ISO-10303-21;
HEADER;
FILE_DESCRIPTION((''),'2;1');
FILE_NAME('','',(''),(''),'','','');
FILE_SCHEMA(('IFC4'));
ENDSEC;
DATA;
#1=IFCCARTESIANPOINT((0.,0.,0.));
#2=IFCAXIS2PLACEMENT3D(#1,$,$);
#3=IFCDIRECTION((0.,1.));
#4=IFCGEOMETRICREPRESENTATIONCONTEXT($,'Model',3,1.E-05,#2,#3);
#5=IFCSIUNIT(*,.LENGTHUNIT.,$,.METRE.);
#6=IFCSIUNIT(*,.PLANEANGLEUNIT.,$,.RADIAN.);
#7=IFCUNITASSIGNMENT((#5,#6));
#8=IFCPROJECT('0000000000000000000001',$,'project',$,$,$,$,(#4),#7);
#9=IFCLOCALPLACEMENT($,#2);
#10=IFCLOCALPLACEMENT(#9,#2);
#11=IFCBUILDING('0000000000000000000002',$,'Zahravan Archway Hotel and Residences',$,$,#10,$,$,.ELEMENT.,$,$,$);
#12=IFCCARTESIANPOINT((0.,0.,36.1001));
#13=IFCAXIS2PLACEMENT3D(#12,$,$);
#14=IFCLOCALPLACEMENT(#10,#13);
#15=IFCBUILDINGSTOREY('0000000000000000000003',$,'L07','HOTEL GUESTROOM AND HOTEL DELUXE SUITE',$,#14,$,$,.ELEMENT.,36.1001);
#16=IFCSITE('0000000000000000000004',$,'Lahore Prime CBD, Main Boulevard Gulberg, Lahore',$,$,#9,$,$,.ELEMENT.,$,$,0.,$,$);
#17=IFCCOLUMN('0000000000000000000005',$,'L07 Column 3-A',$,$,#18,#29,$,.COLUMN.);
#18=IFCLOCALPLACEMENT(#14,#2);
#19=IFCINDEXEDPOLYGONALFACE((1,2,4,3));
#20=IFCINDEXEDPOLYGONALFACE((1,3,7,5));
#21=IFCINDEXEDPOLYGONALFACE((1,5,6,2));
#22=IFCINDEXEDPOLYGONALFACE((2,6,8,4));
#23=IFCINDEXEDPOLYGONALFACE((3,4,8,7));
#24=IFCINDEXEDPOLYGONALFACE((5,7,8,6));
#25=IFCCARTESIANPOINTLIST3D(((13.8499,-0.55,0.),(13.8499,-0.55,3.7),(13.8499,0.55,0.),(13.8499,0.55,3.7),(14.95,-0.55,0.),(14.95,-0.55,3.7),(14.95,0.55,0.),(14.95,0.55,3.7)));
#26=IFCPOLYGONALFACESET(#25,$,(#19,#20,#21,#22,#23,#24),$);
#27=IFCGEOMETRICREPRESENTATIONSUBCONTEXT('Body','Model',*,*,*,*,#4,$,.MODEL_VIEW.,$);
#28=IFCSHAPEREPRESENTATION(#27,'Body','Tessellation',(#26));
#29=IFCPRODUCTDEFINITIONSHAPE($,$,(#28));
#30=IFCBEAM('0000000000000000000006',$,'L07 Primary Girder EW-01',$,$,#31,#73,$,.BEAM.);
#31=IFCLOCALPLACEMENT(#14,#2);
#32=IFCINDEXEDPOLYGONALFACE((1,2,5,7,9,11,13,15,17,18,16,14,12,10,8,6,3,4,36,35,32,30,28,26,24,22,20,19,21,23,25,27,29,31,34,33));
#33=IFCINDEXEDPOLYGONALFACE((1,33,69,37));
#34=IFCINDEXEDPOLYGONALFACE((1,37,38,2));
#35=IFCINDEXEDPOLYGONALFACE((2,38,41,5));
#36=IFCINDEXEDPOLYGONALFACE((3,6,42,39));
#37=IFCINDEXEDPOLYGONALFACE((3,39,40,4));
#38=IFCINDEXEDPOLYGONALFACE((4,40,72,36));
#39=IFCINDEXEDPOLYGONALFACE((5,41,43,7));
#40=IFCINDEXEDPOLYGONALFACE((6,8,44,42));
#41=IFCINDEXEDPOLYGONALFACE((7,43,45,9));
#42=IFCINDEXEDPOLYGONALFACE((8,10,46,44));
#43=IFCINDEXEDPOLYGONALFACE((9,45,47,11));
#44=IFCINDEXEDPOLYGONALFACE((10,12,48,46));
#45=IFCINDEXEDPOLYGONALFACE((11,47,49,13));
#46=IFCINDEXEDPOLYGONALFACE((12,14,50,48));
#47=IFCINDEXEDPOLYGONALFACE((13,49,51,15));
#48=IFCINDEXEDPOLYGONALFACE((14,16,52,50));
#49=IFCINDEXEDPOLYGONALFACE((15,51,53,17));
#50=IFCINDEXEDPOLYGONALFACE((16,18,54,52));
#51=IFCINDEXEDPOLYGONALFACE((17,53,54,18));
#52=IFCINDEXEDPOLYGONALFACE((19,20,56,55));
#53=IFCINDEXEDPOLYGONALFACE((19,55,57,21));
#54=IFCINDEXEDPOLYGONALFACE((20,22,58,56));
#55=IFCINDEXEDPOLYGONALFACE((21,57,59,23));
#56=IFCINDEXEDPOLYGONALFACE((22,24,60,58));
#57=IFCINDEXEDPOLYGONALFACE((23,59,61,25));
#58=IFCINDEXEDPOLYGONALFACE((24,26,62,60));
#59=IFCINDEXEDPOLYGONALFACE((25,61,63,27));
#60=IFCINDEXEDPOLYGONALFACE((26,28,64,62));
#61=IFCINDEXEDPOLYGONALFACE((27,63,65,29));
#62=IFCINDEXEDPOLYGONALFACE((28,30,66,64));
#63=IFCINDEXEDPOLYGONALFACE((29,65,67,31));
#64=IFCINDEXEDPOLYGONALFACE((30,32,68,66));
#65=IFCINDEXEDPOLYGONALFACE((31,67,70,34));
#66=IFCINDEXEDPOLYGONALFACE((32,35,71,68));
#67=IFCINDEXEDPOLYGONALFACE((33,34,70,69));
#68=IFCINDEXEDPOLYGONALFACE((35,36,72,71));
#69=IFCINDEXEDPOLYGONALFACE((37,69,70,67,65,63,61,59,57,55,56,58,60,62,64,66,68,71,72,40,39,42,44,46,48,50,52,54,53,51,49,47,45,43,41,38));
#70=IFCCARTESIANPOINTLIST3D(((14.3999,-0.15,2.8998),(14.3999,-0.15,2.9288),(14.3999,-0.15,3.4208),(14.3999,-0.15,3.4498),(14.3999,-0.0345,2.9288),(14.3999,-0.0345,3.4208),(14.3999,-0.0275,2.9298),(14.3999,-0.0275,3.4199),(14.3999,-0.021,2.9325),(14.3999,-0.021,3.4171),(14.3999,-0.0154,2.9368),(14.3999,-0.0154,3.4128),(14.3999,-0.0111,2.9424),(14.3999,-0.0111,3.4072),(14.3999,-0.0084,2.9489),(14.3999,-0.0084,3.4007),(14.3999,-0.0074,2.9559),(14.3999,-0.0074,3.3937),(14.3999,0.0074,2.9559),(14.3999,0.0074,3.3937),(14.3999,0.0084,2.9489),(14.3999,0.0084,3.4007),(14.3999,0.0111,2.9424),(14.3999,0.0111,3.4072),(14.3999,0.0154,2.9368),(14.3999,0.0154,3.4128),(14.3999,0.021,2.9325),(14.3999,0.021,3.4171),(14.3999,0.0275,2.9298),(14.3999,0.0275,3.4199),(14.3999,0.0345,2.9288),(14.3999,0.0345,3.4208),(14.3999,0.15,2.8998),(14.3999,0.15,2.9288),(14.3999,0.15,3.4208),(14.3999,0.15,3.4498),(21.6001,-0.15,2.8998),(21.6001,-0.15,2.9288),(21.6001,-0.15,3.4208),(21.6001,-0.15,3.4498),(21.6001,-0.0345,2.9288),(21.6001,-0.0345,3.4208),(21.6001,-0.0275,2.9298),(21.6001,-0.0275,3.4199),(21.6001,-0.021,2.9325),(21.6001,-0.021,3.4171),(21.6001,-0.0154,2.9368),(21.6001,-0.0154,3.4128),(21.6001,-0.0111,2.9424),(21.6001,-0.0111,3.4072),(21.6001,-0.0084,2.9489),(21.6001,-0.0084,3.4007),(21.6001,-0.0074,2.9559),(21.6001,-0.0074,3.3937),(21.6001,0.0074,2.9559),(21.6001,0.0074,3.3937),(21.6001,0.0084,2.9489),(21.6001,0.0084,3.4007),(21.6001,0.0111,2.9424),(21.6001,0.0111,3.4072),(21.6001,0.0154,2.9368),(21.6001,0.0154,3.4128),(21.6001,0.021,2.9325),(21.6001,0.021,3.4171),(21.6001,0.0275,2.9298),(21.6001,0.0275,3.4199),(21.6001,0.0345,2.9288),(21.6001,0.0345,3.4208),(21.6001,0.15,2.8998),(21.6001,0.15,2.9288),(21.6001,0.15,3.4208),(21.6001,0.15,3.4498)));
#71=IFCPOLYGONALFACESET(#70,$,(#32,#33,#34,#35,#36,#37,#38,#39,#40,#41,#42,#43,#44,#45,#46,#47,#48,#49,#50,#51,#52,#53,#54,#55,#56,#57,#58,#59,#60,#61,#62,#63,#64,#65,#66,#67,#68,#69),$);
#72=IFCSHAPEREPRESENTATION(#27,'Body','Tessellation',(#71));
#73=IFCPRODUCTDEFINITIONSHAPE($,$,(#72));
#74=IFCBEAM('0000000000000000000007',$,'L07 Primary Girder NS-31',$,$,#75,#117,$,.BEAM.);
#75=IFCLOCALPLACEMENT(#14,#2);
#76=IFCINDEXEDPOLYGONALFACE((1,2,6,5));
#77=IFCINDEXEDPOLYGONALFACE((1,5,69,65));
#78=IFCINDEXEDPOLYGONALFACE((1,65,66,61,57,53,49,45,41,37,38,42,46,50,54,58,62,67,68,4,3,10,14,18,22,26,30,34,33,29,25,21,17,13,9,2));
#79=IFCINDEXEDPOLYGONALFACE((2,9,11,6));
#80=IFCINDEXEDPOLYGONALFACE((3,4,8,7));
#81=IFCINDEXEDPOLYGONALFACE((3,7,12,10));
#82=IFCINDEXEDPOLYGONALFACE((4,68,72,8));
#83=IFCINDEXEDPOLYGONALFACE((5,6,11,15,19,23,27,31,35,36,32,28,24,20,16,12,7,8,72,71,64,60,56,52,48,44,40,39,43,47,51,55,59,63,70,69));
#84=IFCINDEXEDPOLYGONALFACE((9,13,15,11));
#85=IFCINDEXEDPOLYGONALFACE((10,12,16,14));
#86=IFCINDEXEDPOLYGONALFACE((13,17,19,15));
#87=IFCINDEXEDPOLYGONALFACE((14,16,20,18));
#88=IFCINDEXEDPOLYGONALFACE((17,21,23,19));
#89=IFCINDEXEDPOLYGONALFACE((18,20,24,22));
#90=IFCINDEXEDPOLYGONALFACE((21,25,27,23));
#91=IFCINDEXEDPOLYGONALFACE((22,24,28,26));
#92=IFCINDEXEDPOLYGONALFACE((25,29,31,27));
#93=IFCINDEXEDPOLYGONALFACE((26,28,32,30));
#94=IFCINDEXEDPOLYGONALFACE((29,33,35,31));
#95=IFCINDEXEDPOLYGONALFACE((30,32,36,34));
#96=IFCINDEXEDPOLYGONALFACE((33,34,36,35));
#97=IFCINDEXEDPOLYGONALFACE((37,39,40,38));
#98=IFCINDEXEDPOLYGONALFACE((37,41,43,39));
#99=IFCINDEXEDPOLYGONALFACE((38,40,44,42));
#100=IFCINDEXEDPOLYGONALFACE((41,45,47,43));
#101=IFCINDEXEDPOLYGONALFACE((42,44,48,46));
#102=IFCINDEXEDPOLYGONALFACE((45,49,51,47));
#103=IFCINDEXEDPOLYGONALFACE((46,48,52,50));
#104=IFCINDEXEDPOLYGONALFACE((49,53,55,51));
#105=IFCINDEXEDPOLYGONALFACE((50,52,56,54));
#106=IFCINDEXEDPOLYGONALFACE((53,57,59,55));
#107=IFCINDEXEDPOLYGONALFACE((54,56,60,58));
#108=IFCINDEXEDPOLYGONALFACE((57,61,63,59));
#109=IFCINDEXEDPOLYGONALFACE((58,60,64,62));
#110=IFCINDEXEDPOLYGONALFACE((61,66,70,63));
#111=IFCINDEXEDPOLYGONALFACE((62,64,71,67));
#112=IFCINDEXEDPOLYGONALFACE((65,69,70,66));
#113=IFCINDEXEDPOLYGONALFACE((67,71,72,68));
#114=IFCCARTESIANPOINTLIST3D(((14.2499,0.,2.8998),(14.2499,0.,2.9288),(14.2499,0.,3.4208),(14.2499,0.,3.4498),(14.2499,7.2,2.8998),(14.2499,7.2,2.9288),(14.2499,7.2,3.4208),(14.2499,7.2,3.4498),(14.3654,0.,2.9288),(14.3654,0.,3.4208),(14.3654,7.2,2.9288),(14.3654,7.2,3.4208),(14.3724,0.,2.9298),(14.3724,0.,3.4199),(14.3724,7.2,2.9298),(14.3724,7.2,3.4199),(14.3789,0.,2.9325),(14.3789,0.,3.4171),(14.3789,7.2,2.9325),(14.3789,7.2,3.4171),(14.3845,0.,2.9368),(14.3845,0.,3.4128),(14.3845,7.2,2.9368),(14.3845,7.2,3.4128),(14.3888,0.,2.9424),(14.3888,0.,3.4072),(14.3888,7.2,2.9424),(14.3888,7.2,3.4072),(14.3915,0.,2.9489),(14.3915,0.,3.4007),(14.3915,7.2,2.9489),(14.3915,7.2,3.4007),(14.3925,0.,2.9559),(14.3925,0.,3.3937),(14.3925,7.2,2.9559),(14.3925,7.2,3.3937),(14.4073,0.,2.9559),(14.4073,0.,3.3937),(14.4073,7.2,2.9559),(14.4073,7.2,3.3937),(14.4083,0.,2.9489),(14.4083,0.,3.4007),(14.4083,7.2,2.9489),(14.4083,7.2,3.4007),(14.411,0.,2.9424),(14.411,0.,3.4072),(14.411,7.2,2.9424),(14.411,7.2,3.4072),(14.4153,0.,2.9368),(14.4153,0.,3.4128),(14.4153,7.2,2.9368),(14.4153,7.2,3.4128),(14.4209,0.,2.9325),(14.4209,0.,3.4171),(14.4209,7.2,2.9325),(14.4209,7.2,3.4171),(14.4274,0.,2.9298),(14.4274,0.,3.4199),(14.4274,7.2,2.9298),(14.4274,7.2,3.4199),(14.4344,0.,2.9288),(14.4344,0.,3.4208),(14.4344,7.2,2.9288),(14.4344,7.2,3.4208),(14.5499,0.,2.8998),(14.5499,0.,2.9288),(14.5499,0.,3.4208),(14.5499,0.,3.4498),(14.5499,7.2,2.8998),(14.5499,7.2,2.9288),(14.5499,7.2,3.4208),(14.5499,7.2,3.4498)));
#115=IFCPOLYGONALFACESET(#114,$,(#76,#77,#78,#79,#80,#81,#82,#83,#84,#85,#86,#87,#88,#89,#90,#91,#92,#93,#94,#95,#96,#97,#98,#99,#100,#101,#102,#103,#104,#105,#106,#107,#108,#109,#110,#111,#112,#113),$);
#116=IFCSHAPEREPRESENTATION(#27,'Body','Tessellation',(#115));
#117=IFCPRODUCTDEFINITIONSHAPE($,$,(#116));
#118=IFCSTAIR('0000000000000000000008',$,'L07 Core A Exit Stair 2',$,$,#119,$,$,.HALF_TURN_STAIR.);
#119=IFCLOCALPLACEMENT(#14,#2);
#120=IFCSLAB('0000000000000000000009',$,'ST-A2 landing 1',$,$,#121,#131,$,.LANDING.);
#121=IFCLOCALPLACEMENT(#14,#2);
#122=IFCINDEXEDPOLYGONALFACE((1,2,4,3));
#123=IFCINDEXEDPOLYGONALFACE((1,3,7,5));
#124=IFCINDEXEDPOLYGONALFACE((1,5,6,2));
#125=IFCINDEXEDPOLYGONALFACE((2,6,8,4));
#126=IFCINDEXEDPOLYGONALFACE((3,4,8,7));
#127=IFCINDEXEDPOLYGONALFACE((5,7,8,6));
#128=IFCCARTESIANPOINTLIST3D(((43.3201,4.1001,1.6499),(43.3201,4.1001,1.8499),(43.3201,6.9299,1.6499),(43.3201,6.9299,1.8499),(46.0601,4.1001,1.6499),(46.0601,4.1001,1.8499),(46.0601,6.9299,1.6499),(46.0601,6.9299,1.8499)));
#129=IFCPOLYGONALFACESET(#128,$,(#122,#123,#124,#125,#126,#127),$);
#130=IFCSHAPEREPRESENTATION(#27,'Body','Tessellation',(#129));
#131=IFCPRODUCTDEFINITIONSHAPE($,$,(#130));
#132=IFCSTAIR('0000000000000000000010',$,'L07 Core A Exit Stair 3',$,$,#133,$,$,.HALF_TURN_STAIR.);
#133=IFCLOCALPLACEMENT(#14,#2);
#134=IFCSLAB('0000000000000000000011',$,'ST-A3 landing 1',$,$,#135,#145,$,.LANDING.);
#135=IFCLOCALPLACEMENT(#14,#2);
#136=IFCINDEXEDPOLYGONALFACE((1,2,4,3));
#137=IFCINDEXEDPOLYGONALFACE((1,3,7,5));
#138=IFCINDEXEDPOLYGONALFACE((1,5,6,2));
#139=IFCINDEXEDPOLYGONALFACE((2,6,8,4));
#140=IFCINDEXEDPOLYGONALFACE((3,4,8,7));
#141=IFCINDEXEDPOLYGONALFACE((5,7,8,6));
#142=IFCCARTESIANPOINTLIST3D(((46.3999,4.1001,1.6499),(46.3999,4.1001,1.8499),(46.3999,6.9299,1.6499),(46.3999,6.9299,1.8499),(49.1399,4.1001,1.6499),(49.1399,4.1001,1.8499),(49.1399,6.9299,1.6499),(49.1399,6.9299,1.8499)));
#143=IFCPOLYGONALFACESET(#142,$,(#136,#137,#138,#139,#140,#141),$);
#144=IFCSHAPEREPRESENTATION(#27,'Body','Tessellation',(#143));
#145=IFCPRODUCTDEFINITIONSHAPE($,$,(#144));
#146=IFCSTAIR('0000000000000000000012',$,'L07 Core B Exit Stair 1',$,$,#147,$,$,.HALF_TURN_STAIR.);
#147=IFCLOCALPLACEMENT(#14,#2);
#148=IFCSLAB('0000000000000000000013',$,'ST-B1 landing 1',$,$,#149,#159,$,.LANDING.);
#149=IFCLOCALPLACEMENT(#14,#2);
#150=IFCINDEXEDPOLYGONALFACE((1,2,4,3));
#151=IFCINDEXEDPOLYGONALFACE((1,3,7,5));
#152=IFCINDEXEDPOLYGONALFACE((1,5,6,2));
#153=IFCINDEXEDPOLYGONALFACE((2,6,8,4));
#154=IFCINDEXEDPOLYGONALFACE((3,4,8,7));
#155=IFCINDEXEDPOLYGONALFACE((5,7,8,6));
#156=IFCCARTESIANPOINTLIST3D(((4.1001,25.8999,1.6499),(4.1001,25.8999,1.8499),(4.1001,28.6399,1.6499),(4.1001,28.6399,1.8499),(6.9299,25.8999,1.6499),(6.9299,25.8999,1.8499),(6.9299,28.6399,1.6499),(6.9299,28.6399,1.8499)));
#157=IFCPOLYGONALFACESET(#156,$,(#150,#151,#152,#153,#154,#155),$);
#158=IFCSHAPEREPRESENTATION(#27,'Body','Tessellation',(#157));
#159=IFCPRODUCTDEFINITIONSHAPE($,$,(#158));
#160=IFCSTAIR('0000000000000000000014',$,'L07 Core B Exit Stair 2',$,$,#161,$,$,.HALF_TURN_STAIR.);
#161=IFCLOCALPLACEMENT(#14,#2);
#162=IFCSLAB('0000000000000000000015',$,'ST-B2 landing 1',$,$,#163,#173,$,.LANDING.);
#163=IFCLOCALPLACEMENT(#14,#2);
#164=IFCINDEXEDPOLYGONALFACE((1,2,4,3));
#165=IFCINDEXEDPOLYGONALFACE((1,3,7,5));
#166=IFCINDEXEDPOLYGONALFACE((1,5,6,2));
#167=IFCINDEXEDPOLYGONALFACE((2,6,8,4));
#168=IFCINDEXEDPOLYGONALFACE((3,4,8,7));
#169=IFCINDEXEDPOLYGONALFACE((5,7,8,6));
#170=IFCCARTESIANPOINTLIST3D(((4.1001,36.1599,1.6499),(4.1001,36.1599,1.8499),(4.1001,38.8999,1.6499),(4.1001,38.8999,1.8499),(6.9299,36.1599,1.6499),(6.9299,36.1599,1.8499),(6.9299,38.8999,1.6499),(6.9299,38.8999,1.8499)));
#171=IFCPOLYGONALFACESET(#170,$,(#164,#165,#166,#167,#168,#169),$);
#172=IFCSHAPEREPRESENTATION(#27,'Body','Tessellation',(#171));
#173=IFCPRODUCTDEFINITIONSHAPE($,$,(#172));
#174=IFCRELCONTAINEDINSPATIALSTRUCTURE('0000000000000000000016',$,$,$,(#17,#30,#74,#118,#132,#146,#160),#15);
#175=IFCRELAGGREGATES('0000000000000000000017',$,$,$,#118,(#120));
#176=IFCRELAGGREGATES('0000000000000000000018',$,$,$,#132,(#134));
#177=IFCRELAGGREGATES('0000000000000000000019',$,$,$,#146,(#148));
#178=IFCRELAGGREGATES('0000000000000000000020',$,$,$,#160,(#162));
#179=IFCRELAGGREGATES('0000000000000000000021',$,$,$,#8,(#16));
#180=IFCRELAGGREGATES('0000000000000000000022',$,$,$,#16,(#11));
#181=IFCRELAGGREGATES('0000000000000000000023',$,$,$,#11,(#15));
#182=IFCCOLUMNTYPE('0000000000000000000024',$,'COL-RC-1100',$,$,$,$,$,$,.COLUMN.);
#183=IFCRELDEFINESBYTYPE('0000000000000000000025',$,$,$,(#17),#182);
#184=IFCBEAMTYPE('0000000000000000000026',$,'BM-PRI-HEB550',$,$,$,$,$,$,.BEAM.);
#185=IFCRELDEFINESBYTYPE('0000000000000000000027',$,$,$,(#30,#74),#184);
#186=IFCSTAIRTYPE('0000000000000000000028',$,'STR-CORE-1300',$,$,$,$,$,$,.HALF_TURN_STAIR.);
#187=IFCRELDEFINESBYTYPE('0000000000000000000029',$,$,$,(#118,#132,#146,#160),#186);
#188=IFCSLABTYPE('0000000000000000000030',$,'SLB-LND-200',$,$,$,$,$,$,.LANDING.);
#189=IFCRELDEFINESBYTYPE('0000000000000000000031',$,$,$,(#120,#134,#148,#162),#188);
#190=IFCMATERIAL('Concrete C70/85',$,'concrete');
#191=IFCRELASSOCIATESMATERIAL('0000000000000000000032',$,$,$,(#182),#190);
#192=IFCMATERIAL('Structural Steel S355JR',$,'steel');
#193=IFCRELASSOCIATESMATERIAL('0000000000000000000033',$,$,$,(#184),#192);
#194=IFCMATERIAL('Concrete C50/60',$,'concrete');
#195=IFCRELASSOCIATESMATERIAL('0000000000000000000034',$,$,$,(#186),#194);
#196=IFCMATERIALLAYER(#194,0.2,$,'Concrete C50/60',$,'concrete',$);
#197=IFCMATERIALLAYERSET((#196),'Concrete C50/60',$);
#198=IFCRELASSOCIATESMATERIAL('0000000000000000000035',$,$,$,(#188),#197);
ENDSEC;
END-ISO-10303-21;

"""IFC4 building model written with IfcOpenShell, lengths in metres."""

from ifc_helpers import new_model, si_unit, direction, frame, origin, origin_2d, place, context, subcontext, project, spatial, polyline, rectangle, i_section, outline, extrude, source, transform, mapped, material, layer, layer_set, material_profile, profile_set, type_object, type_shapes, element, aggregate, save


model = new_model("IFC4")

# Units and contexts
model_context = context("Model", 3, precision=1e-05, world=origin(), true_north=direction((0.0, 1.0)))
body_context = subcontext(model_context, "Body", "Model", "MODEL_VIEW")
ifc_project = project(units=[si_unit("LENGTHUNIT", "METRE"), si_unit("PLANEANGLEUNIT", "RADIAN")], contexts=[model_context])

# Site, building, storey
site_placement = place(None, origin())
site = spatial("IfcSite", under=ifc_project, at=site_placement, Name="Lahore Prime CBD, Main Boulevard Gulberg, Lahore", CompositionType="ELEMENT", RefElevation=0.0)
building_placement = place(site_placement, origin())
building = spatial("IfcBuilding", under=site, at=building_placement, Name="Zahravan Archway Hotel and Residences", CompositionType="ELEMENT")
storey_placement = place(building_placement, frame((0.0, 0.0, 36.1001)))
storey = spatial("IfcBuildingStorey", under=building, at=storey_placement, Name="L07", Description="HOTEL GUESTROOM AND HOTEL DELUXE SUITE", CompositionType="ELEMENT", Elevation=36.1001)

# Column
ifc_material_1 = material(Name="Concrete C70/85", Category="concrete")
ifc_material_profile_1 = material_profile(ifc_material_1, rectangle(XDim=1.1001, YDim=1.1001, at=origin_2d()), Name="RC 1100x1100", Category="concrete")
ifc_profile_set_1 = profile_set([ifc_material_profile_1], Name="Concrete C70/85")
column_type = type_object("IfcColumnType", Name="COL-RC-1100", PredefinedType="COLUMN", material=ifc_profile_set_1)
shared_shape_1 = source(origin(), body_context, "Body", "SweptSolid", [
    extrude(rectangle(XDim=1.1001, YDim=1.1001, at=origin_2d()), origin(), (0.0, 0.0, 1.0), 3.7),
])
column_placement = place(storey_placement, frame((14.3999, 0.0, 0.0), z_axis=(0.0, 0.0, 1.0), x_axis=(1.0, 0.0, 0.0)))
element("IfcColumn", 1, at=column_placement, inside=storey, type_object=column_type, Name="L07 Column 3-A", PredefinedType="COLUMN", context=body_context, shape_type="MappedRepresentation", body=[
    mapped(shared_shape_1, transform((0.0, 0.0, 0.0), scale=1.0)),
])

# Beams
ifc_material_2 = material(Name="Structural Steel S355JR", Category="steel")
ifc_material_profile_2 = material_profile(ifc_material_2, i_section(OverallWidth=0.3, OverallDepth=0.55, WebThickness=0.0149, FlangeThickness=0.0291, FilletRadius=0.0271, at=origin_2d()), Name="HEB 550", Category="steel")
ifc_profile_set_2 = profile_set([ifc_material_profile_2], Name="Structural Steel S355JR")
beam_type = type_object("IfcBeamType", Name="BM-PRI-HEB550", PredefinedType="BEAM", material=ifc_profile_set_2)
shared_shape_2 = source(origin(), body_context, "Body", "SweptSolid", [
    extrude(i_section(OverallWidth=0.3, OverallDepth=0.55, WebThickness=0.0149, FlangeThickness=0.0291, FilletRadius=0.0271, at=origin_2d()), origin(), (0.0, 0.0, 1.0), 7.2002),
])
type_shapes(beam_type, [shared_shape_2])
beam_1_placement = place(storey_placement, frame((14.3999, 0.0, 3.1748), z_axis=(1.0, 0.0, 0.0), x_axis=(0.0, 1.0, 0.0)))
element("IfcBeam", 2, at=beam_1_placement, inside=storey, type_object=beam_type, Name="L07 Primary Girder EW-01", PredefinedType="BEAM", context=body_context, shape_type="MappedRepresentation", body=[
    mapped(shared_shape_2, transform((0.0, 0.0, 0.0), scale=1.0)),
])
shared_shape_3 = source(origin(), body_context, "Body", "SweptSolid", [
    extrude(i_section(OverallWidth=0.3, OverallDepth=0.55, WebThickness=0.0149, FlangeThickness=0.0291, FilletRadius=0.0271, at=origin_2d()), origin(), (0.0, 0.0, 1.0), 7.2),
])
beam_2_placement = place(storey_placement, frame((14.3999, 0.0, 3.1748), z_axis=(0.0, 1.0, 0.0), x_axis=(-1.0, 0.0, 0.0)))
element("IfcBeam", 3, at=beam_2_placement, inside=storey, type_object=beam_type, Name="L07 Primary Girder NS-31", PredefinedType="BEAM", context=body_context, shape_type="MappedRepresentation", body=[
    mapped(shared_shape_3, transform((0.0, 0.0, 0.0), scale=1.0)),
])

# Stairs, slabs
ifc_material_3 = material(Name="Concrete C50/60", Category="concrete")
stair_type = type_object("IfcStairType", Name="STR-CORE-1300", PredefinedType="HALF_TURN_STAIR", material=ifc_material_3)
stair_1_placement = place(storey_placement, origin())
stair_1 = element("IfcStair", 4, at=stair_1_placement, inside=storey, type_object=stair_type, Name="L07 Core A Exit Stair 2", PredefinedType="HALF_TURN_STAIR")
ifc_layer_1 = layer(ifc_material_3, 0.2, Name="Concrete C50/60", Category="concrete")
ifc_layer_set_1 = layer_set([ifc_layer_1], Name="Concrete C50/60")
slab_type = type_object("IfcSlabType", Name="SLB-LND-200", PredefinedType="LANDING", material=ifc_layer_set_1)
slab_1_placement = place(storey_placement, frame((0.0, 0.0, 1.6499)))
slab_1 = element("IfcSlab", 5, at=slab_1_placement, type_object=slab_type, Name="ST-A2 landing 1", PredefinedType="LANDING", context=body_context, shape_type="SweptSolid", body=[
    extrude(outline(polyline([(43.3201, 6.9299), (43.3201, 4.1001), (46.0601, 4.1001), (46.0601, 6.9299), (43.3201, 6.9299)])), origin(), (0.0, 0.0, 1.0), 0.2),
])
aggregate(stair_1, [slab_1])
stair_2_placement = place(storey_placement, origin())
stair_2 = element("IfcStair", 6, at=stair_2_placement, inside=storey, type_object=stair_type, Name="L07 Core A Exit Stair 3", PredefinedType="HALF_TURN_STAIR")
slab_2_placement = place(storey_placement, frame((0.0, 0.0, 1.6499)))
slab_2 = element("IfcSlab", 7, at=slab_2_placement, type_object=slab_type, Name="ST-A3 landing 1", PredefinedType="LANDING", context=body_context, shape_type="SweptSolid", body=[
    extrude(outline(polyline([(46.3999, 6.9299), (46.3999, 4.1001), (49.1399, 4.1001), (49.1399, 6.9299), (46.3999, 6.9299)])), origin(), (0.0, 0.0, 1.0), 0.2),
])
aggregate(stair_2, [slab_2])
stair_3_placement = place(storey_placement, origin())
stair_3 = element("IfcStair", 8, at=stair_3_placement, inside=storey, type_object=stair_type, Name="L07 Core B Exit Stair 1", PredefinedType="HALF_TURN_STAIR")
slab_3_placement = place(storey_placement, frame((0.0, 0.0, 1.6499)))
slab_3 = element("IfcSlab", 9, at=slab_3_placement, type_object=slab_type, Name="ST-B1 landing 1", PredefinedType="LANDING", context=body_context, shape_type="SweptSolid", body=[
    extrude(outline(polyline([(6.9299, 28.6399), (4.1001, 28.6399), (4.1001, 25.8999), (6.9299, 25.8999), (6.9299, 28.6399)])), origin(), (0.0, 0.0, 1.0), 0.2),
])
aggregate(stair_3, [slab_3])
stair_4_placement = place(storey_placement, origin())
stair_4 = element("IfcStair", 10, at=stair_4_placement, inside=storey, type_object=stair_type, Name="L07 Core B Exit Stair 2", PredefinedType="HALF_TURN_STAIR")
slab_4_placement = place(storey_placement, frame((0.0, 0.0, 1.6499)))
slab_4 = element("IfcSlab", 11, at=slab_4_placement, type_object=slab_type, Name="ST-B2 landing 1", PredefinedType="LANDING", context=body_context, shape_type="SweptSolid", body=[
    extrude(outline(polyline([(6.9299, 38.8999), (4.1001, 38.8999), (4.1001, 36.1599), (6.9299, 36.1599), (6.9299, 38.8999)])), origin(), (0.0, 0.0, 1.0), 0.2),
])
aggregate(stair_4, [slab_4])

save(model, "model.ifc")
